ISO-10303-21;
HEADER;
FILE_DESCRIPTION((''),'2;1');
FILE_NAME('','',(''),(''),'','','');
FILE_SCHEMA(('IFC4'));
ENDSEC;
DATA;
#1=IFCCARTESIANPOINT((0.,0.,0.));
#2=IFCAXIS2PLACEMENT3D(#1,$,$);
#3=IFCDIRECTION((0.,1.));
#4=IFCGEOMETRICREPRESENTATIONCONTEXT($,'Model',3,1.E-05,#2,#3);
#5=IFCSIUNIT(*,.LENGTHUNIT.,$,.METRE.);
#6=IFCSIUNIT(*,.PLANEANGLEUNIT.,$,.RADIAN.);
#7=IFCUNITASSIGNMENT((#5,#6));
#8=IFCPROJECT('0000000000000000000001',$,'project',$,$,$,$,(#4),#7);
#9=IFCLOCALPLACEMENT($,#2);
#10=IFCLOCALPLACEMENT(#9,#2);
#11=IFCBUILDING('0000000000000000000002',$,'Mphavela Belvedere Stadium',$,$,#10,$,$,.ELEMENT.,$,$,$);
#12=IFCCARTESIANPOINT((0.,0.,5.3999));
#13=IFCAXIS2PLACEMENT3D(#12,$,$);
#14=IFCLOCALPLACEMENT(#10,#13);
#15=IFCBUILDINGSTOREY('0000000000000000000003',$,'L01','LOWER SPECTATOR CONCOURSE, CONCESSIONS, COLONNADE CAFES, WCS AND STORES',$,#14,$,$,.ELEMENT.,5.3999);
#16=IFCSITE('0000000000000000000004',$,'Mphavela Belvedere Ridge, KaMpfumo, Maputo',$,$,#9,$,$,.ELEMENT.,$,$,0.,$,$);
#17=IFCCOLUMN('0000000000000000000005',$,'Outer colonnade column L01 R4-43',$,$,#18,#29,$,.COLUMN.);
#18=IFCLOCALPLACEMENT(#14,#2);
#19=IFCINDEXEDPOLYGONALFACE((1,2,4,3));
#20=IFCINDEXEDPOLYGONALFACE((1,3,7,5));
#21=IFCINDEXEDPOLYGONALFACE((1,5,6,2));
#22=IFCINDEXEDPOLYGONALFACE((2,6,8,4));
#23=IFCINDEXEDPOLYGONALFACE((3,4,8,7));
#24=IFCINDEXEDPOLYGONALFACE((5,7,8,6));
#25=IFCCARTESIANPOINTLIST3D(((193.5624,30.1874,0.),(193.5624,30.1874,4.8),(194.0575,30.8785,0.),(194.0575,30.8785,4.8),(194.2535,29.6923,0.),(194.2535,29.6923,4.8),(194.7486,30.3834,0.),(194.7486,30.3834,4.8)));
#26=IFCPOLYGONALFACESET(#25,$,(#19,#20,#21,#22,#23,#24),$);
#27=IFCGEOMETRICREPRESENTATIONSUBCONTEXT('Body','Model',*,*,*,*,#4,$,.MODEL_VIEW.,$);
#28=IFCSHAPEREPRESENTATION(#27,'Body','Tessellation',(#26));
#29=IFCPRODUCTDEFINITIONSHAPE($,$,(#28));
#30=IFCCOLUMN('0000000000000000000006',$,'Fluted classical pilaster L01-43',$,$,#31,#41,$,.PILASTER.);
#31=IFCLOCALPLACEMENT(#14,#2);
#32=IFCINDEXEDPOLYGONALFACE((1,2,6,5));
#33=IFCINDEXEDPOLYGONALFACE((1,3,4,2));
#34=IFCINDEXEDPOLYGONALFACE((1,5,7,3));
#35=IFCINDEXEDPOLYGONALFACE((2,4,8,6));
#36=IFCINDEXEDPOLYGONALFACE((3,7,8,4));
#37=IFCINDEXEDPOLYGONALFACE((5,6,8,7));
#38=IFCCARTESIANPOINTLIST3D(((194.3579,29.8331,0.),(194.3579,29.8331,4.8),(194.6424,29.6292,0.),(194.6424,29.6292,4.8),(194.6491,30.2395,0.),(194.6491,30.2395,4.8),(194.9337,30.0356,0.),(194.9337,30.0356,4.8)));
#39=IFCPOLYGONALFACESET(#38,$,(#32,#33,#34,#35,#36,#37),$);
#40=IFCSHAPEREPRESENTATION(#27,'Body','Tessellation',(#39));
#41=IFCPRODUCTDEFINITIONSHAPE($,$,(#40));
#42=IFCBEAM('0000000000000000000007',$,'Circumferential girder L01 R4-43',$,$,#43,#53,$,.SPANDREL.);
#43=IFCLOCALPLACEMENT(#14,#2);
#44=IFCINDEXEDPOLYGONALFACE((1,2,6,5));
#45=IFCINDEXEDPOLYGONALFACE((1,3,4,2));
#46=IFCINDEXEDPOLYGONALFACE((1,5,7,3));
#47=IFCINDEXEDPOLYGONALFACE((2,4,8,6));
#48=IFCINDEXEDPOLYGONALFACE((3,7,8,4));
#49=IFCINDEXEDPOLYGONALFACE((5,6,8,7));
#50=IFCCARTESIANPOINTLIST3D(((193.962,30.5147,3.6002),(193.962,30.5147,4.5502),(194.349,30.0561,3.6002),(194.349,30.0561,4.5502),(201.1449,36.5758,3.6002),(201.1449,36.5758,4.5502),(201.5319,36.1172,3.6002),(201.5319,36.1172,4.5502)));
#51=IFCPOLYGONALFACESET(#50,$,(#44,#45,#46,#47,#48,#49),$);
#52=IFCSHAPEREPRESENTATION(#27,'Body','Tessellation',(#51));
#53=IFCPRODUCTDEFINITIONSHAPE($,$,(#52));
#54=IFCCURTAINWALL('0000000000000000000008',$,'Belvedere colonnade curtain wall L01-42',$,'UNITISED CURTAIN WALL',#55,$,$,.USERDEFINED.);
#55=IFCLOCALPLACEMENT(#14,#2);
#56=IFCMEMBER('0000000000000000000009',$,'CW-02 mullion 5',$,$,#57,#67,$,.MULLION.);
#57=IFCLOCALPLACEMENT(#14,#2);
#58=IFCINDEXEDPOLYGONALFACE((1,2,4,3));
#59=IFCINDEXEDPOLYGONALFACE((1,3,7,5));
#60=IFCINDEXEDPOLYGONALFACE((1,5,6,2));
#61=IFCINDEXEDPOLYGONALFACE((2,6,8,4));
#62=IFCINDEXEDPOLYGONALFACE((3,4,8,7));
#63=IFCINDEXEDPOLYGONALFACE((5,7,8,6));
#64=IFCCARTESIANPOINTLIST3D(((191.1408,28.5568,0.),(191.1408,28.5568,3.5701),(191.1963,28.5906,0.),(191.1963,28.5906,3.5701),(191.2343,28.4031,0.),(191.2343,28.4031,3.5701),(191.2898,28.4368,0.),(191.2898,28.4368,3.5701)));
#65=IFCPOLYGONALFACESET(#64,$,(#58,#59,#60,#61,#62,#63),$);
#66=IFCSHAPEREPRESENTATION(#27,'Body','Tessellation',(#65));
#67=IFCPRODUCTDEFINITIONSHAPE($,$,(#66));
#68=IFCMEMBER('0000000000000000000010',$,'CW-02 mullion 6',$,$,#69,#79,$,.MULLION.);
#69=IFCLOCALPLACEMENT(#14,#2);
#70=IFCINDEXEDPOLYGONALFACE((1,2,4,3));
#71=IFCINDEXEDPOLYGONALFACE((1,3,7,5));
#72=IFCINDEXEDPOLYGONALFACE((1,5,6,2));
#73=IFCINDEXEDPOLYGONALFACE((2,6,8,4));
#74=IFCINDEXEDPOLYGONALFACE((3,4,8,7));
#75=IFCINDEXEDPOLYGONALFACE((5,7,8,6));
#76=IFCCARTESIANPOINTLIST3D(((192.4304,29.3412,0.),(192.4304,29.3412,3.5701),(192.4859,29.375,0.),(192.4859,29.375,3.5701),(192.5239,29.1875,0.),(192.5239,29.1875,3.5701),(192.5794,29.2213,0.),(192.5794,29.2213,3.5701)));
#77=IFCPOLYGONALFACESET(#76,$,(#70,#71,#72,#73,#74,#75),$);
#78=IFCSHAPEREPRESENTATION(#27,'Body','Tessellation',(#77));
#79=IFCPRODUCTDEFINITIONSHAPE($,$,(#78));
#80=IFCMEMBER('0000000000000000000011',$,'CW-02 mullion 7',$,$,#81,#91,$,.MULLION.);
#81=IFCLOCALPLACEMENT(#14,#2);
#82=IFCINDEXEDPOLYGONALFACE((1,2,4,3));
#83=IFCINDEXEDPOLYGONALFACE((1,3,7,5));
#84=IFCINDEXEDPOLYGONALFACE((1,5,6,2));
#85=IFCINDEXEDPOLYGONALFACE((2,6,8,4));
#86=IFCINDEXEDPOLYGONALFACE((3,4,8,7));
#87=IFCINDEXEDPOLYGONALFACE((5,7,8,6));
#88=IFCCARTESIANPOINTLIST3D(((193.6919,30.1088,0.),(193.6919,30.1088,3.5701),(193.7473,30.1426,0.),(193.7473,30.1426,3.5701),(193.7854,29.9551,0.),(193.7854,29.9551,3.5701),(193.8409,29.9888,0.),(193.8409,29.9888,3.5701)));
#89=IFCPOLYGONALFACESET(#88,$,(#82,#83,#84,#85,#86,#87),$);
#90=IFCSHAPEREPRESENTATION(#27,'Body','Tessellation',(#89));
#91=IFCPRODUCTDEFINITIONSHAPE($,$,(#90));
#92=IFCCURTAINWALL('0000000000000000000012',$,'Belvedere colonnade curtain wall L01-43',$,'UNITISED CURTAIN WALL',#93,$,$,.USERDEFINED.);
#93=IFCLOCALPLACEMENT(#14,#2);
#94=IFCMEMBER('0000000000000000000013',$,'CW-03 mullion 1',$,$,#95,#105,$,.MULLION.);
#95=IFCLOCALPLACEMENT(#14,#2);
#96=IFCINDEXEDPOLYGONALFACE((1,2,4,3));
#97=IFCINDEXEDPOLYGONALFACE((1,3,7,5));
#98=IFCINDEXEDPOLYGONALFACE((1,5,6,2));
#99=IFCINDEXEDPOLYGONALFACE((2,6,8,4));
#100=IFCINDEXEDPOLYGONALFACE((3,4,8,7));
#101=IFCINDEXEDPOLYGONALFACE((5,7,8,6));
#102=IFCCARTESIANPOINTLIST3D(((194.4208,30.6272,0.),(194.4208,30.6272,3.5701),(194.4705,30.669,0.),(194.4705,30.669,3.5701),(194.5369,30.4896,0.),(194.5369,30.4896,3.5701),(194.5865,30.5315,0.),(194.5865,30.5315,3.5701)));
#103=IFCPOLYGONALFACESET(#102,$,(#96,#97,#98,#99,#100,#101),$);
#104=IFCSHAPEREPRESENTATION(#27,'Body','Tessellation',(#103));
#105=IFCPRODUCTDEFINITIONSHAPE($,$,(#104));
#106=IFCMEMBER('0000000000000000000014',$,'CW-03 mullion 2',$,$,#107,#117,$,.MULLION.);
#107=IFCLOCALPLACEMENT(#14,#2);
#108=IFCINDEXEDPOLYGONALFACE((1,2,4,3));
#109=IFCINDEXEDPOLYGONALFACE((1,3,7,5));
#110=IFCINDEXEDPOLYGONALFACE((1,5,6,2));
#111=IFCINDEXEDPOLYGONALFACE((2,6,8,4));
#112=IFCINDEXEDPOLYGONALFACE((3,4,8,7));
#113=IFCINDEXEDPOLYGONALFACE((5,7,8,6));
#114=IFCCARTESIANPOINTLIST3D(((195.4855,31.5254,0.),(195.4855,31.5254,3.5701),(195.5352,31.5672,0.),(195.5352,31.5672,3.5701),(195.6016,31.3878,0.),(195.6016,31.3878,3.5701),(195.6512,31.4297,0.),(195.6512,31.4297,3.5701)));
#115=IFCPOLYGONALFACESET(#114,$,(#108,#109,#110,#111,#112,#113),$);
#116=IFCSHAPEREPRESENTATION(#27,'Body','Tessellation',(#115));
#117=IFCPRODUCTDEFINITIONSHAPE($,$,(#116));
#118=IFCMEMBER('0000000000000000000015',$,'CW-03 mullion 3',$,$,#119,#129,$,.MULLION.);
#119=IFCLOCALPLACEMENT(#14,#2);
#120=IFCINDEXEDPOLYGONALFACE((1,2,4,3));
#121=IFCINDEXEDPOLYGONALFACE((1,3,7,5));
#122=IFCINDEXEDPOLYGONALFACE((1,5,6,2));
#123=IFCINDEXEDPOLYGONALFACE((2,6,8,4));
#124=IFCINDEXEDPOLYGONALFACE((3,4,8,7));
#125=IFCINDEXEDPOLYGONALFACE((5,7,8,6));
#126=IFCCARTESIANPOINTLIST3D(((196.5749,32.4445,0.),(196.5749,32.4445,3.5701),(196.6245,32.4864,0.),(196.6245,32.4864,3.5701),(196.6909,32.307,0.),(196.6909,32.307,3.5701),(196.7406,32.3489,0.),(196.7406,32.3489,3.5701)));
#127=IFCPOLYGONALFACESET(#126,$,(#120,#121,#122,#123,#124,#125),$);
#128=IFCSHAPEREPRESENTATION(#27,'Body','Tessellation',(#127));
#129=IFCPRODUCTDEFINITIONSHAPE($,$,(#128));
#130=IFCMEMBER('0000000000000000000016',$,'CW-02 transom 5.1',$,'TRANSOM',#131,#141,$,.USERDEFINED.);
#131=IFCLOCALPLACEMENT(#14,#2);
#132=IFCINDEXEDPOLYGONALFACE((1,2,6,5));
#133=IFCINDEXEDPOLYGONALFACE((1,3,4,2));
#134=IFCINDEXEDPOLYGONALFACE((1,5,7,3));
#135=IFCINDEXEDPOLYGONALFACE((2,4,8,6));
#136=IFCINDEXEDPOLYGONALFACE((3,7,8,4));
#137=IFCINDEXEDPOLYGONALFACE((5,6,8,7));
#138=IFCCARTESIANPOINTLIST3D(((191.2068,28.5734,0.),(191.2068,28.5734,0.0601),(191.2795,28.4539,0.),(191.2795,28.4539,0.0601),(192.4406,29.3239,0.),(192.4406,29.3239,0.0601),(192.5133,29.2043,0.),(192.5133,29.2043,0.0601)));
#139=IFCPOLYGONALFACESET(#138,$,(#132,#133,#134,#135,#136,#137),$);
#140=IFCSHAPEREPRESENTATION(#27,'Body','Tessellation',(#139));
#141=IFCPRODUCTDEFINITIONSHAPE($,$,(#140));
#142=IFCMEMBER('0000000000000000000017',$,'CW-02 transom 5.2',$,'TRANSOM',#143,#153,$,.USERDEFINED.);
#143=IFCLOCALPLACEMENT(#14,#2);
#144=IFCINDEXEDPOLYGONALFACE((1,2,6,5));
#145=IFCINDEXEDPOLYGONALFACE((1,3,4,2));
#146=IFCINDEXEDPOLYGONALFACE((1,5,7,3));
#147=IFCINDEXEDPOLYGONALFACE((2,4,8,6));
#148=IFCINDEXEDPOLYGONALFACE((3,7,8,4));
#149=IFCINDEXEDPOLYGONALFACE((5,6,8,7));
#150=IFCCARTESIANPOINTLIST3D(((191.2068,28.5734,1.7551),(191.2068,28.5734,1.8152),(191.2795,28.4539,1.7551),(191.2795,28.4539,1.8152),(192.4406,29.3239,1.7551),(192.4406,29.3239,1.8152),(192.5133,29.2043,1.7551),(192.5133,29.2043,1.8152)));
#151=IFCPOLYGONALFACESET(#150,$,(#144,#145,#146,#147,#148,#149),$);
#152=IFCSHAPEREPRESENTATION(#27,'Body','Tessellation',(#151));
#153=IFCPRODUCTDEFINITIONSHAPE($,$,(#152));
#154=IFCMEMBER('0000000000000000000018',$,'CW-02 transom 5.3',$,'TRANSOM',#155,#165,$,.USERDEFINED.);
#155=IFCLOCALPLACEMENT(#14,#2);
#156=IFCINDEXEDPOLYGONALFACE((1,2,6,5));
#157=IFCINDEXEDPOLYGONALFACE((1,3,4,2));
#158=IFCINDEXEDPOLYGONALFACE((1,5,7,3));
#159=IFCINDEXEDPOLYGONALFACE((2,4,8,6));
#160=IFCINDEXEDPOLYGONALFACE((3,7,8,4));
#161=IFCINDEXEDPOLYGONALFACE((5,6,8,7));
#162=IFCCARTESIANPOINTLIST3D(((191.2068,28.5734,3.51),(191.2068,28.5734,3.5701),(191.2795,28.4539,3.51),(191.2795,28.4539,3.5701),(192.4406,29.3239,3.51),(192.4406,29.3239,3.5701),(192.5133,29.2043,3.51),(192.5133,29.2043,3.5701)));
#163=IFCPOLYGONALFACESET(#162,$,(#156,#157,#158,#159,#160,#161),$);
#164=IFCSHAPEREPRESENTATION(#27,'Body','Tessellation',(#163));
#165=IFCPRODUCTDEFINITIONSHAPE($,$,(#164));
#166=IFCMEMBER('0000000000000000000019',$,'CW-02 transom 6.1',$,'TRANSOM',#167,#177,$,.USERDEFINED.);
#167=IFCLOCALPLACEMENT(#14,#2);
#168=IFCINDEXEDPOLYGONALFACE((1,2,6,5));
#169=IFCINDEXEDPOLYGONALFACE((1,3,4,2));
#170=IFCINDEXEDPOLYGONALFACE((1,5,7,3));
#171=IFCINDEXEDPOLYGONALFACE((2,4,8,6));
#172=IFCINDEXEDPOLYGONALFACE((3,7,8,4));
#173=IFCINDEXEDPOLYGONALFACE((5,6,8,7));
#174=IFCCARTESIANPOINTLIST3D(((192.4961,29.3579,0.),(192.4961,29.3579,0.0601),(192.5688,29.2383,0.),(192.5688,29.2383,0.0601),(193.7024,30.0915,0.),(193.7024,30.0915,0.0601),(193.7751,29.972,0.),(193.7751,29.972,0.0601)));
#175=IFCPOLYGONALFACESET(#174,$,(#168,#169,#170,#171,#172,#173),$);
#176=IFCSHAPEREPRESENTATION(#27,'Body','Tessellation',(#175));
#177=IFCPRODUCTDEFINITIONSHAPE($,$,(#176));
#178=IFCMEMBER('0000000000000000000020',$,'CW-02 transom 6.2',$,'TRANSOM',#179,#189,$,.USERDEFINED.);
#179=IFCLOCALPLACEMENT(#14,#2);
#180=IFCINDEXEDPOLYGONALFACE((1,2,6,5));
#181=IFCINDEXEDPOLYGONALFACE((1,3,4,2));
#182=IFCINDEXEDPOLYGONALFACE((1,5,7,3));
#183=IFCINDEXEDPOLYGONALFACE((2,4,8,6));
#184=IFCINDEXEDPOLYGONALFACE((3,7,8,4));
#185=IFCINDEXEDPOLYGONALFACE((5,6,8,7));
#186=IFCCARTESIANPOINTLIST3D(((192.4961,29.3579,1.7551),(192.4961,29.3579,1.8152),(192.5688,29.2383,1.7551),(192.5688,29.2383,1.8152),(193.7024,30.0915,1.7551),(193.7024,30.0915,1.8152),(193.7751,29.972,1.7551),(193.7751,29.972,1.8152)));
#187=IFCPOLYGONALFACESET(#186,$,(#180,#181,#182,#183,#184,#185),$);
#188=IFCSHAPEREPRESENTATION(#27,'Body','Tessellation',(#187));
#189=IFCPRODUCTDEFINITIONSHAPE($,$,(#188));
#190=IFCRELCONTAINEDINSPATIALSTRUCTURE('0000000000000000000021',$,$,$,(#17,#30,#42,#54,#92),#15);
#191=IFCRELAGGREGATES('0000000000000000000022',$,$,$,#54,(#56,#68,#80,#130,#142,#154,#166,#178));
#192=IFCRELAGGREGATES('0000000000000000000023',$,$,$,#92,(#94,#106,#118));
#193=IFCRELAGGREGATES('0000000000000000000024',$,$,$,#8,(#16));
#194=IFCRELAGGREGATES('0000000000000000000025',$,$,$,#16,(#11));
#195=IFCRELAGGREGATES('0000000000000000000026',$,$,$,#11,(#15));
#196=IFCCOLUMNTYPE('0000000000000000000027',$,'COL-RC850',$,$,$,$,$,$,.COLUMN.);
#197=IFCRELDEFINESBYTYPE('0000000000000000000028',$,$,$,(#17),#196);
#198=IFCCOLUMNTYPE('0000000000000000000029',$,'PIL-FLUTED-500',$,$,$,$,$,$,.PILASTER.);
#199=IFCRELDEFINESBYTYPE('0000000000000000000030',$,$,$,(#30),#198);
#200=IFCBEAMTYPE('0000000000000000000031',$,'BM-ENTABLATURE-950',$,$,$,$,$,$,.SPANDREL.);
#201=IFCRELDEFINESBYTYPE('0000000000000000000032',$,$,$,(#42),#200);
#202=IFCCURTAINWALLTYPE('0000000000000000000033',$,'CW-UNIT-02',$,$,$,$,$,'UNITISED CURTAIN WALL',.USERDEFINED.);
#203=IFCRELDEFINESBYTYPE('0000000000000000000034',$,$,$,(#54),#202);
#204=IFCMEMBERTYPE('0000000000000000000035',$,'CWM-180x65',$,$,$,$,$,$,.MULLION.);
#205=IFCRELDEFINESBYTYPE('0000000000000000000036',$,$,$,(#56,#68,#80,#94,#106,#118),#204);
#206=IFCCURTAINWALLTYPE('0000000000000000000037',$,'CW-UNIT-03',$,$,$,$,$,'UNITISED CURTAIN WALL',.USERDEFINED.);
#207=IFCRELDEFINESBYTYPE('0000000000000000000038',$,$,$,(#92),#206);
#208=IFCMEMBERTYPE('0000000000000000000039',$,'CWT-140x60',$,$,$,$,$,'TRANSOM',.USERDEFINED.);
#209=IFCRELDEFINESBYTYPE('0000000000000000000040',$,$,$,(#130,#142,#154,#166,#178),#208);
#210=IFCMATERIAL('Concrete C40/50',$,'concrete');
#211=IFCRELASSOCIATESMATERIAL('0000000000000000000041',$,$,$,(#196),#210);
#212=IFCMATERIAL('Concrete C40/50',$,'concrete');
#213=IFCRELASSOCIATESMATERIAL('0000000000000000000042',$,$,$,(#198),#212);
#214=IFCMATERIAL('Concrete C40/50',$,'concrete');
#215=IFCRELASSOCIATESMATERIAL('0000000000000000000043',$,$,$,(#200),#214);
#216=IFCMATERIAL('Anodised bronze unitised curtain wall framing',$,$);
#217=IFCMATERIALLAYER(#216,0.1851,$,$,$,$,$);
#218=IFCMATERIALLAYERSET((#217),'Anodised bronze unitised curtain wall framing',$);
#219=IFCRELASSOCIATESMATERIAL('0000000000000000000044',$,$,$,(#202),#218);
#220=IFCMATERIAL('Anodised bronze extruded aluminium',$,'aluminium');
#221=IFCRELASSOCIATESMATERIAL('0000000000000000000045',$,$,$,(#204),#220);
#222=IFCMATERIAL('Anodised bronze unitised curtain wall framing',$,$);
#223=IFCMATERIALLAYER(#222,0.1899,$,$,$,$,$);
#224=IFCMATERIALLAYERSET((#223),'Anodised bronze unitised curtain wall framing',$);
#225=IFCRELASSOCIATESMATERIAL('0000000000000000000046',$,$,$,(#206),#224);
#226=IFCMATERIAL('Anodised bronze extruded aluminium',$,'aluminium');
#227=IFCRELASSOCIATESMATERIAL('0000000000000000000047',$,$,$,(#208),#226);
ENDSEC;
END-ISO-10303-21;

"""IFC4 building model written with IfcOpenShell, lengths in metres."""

from ifc_helpers import new_model, si_unit, direction, frame, origin, origin_2d, place, context, subcontext, project, spatial, rectangle, extrude, material, layer, layer_set, material_profile, profile_set, type_object, element, aggregate, save


model = new_model("IFC4")

# Units and contexts
model_context = context("Model", 3, precision=1e-05, world=origin(), true_north=direction((0.0, 1.0)))
body_context = subcontext(model_context, "Body", "Model", "MODEL_VIEW")
ifc_project = project(units=[si_unit("LENGTHUNIT", "METRE"), si_unit("PLANEANGLEUNIT", "RADIAN")], contexts=[model_context])

# Site, building, storey
site_placement = place(None, origin())
site = spatial("IfcSite", under=ifc_project, at=site_placement, Name="Mphavela Belvedere Ridge, KaMpfumo, Maputo", CompositionType="ELEMENT", RefElevation=0.0)
building_placement = place(site_placement, origin())
building = spatial("IfcBuilding", under=site, at=building_placement, Name="Mphavela Belvedere Stadium", CompositionType="ELEMENT")
storey_placement = place(building_placement, frame((0.0, 0.0, 5.3999)))
storey = spatial("IfcBuildingStorey", under=building, at=storey_placement, Name="L01", Description="LOWER SPECTATOR CONCOURSE, CONCESSIONS, COLONNADE CAFES, WCS AND STORES", CompositionType="ELEMENT", Elevation=5.3999)

# Columns
ifc_material_1 = material(Name="Concrete C40/50", Category="concrete")
ifc_material_profile_1 = material_profile(ifc_material_1, rectangle(XDim=0.8501, YDim=0.8501, at=origin_2d()), Name="RC 850x850")
ifc_profile_set_1 = profile_set([ifc_material_profile_1], Name="Concrete C40/50")
column_type_1 = type_object("IfcColumnType", Name="COL-RC850", PredefinedType="COLUMN", material=ifc_profile_set_1)
column_1_placement = place(storey_placement, frame((194.1555, 30.2854, 0.0), z_axis=(0.0, 0.0, 1.0), x_axis=(0.812898, -0.582407, 0.0)))
element("IfcColumn", 1, at=column_1_placement, inside=storey, type_object=column_type_1, Name="Outer colonnade column L01 R4-43", PredefinedType="COLUMN", context=body_context, shape_type="SweptSolid", body=[
    extrude(rectangle(XDim=0.8501, YDim=0.8501, at=origin_2d()), origin(), (0.0, 0.0, 1.0), 4.8),
])
ifc_material_2 = material(Name="Concrete C40/50", Category="concrete")
ifc_material_profile_2 = material_profile(ifc_material_2, rectangle(XDim=0.5, YDim=0.3501, at=origin_2d()), Name="PIL 500x350")
ifc_profile_set_2 = profile_set([ifc_material_profile_2], Name="Concrete C40/50")
column_type_2 = type_object("IfcColumnType", Name="PIL-FLUTED-500", PredefinedType="PILASTER", material=ifc_profile_set_2)
column_2_placement = place(storey_placement, frame((194.6458, 29.9343, 0.0), z_axis=(0.0, 0.0, 1.0), x_axis=(0.582407, 0.812898, 0.0)))
element("IfcColumn", 2, at=column_2_placement, inside=storey, type_object=column_type_2, Name="Fluted classical pilaster L01-43", PredefinedType="PILASTER", context=body_context, shape_type="SweptSolid", body=[
    extrude(rectangle(XDim=0.5, YDim=0.3501, at=origin_2d()), origin(), (0.0, 0.0, 1.0), 4.8),
])

# Beam
ifc_material_3 = material(Name="Concrete C40/50", Category="concrete")
ifc_material_profile_3 = material_profile(ifc_material_3, rectangle(XDim=0.6001, YDim=0.95, at=origin_2d()), Name="RC 600x950")
ifc_profile_set_3 = profile_set([ifc_material_profile_3], Name="Concrete C40/50")
beam_type = type_object("IfcBeamType", Name="BM-ENTABLATURE-950", PredefinedType="SPANDREL", material=ifc_profile_set_3)
beam_placement = place(storey_placement, frame((194.1555, 30.2854, 4.0752), z_axis=(0.764265, 0.644902, 0.0), x_axis=(-0.644902, 0.764265, 0.0)))
element("IfcBeam", 3, at=beam_placement, inside=storey, type_object=beam_type, Name="Circumferential girder L01 R4-43", PredefinedType="SPANDREL", context=body_context, shape_type="SweptSolid", body=[
    extrude(rectangle(XDim=0.6001, YDim=0.95, at=origin_2d()), origin(), (0.0, 0.0, 1.0), 9.3984),
])

# Curtain walls, members
ifc_material_4 = material(Name="Anodised bronze unitised curtain wall framing")
ifc_layer_1 = layer(ifc_material_4, 0.1851)
ifc_layer_set_1 = layer_set([ifc_layer_1], Name="Anodised bronze unitised curtain wall framing")
curtain_wall_type_1 = type_object("IfcCurtainWallType", Name="CW-UNIT-02", ElementType="UNITISED CURTAIN WALL", PredefinedType="USERDEFINED", material=ifc_layer_set_1)
curtain_wall_1_placement = place(storey_placement, origin())
curtain_wall_1 = element("IfcCurtainWall", 4, at=curtain_wall_1_placement, inside=storey, type_object=curtain_wall_type_1, Name="Belvedere colonnade curtain wall L01-42", ObjectType="UNITISED CURTAIN WALL", PredefinedType="USERDEFINED")
ifc_material_5 = material(Name="Anodised bronze extruded aluminium", Category="aluminium")
ifc_material_profile_4 = material_profile(ifc_material_5, rectangle(XDim=0.1799, YDim=0.0649, at=origin_2d()), Name="CW-MUL 180x65")
ifc_profile_set_4 = profile_set([ifc_material_profile_4], Name="Anodised bronze extruded aluminium")
member_type_1 = type_object("IfcMemberType", Name="CWM-180x65", PredefinedType="MULLION", material=ifc_profile_set_4)
member_1_placement = place(storey_placement, frame((191.2153, 28.4968, 0.0), z_axis=(0.0, 0.0, 1.0), x_axis=(-0.519735, 0.854328, 0.0)))
member_1 = element("IfcMember", 5, at=member_1_placement, type_object=member_type_1, Name="CW-02 mullion 5", PredefinedType="MULLION", context=body_context, shape_type="SweptSolid", body=[
    extrude(rectangle(XDim=0.1799, YDim=0.0649, at=origin_2d()), origin(), (0.0, 0.0, 1.0), 3.5701),
])
member_2_placement = place(storey_placement, frame((192.5049, 29.2812, 0.0), z_axis=(0.0, 0.0, 1.0), x_axis=(-0.519735, 0.854328, 0.0)))
member_2 = element("IfcMember", 6, at=member_2_placement, type_object=member_type_1, Name="CW-02 mullion 6", PredefinedType="MULLION", context=body_context, shape_type="SweptSolid", body=[
    extrude(rectangle(XDim=0.1799, YDim=0.0649, at=origin_2d()), origin(), (0.0, 0.0, 1.0), 3.5701),
])
member_3_placement = place(storey_placement, frame((193.7664, 30.0488, 0.0), z_axis=(0.0, 0.0, 1.0), x_axis=(-0.519735, 0.854328, 0.0)))
member_3 = element("IfcMember", 7, at=member_3_placement, type_object=member_type_1, Name="CW-02 mullion 7", PredefinedType="MULLION", context=body_context, shape_type="SweptSolid", body=[
    extrude(rectangle(XDim=0.1799, YDim=0.0649, at=origin_2d()), origin(), (0.0, 0.0, 1.0), 3.5701),
])
ifc_material_6 = material(Name="Anodised bronze unitised curtain wall framing")
ifc_layer_2 = layer(ifc_material_6, 0.1899)
ifc_layer_set_2 = layer_set([ifc_layer_2], Name="Anodised bronze unitised curtain wall framing")
curtain_wall_type_2 = type_object("IfcCurtainWallType", Name="CW-UNIT-03", ElementType="UNITISED CURTAIN WALL", PredefinedType="USERDEFINED", material=ifc_layer_set_2)
curtain_wall_2_placement = place(storey_placement, origin())
curtain_wall_2 = element("IfcCurtainWall", 8, at=curtain_wall_2_placement, inside=storey, type_object=curtain_wall_type_2, Name="Belvedere colonnade curtain wall L01-43", ObjectType="UNITISED CURTAIN WALL", PredefinedType="USERDEFINED")
member_4_placement = place(storey_placement, frame((194.5037, 30.5793, 0.0), z_axis=(0.0, 0.0, 1.0), x_axis=(-0.64491, 0.764259, 0.0)))
member_4 = element("IfcMember", 9, at=member_4_placement, type_object=member_type_1, Name="CW-03 mullion 1", PredefinedType="MULLION", context=body_context, shape_type="SweptSolid", body=[
    extrude(rectangle(XDim=0.1799, YDim=0.0649, at=origin_2d()), origin(), (0.0, 0.0, 1.0), 3.5701),
])
member_5_placement = place(storey_placement, frame((195.5684, 31.4775, 0.0), z_axis=(0.0, 0.0, 1.0), x_axis=(-0.64491, 0.764259, 0.0)))
member_5 = element("IfcMember", 10, at=member_5_placement, type_object=member_type_1, Name="CW-03 mullion 2", PredefinedType="MULLION", context=body_context, shape_type="SweptSolid", body=[
    extrude(rectangle(XDim=0.1799, YDim=0.0649, at=origin_2d()), origin(), (0.0, 0.0, 1.0), 3.5701),
])
member_6_placement = place(storey_placement, frame((196.6577, 32.3967, 0.0), z_axis=(0.0, 0.0, 1.0), x_axis=(-0.64491, 0.764259, 0.0)))
member_6 = element("IfcMember", 11, at=member_6_placement, type_object=member_type_1, Name="CW-03 mullion 3", PredefinedType="MULLION", context=body_context, shape_type="SweptSolid", body=[
    extrude(rectangle(XDim=0.1799, YDim=0.0649, at=origin_2d()), origin(), (0.0, 0.0, 1.0), 3.5701),
])

# Members
ifc_material_7 = material(Name="Anodised bronze extruded aluminium", Category="aluminium")
ifc_material_profile_5 = material_profile(ifc_material_7, rectangle(XDim=0.1399, YDim=0.0601, at=origin_2d()), Name="CW-TRN 140x60")
ifc_profile_set_5 = profile_set([ifc_material_profile_5], Name="Anodised bronze extruded aluminium")
member_type_2 = type_object("IfcMemberType", Name="CWT-140x60", ElementType="TRANSOM", PredefinedType="USERDEFINED", material=ifc_profile_set_5)
member_7_placement = place(storey_placement, frame((191.2432, 28.5137, 0.03), z_axis=(0.854375, 0.519657, 0.0), x_axis=(-0.519657, 0.854375, 0.0)))
member_7 = element("IfcMember", 12, at=member_7_placement, type_object=member_type_2, Name="CW-02 transom 5.1", ObjectType="TRANSOM", PredefinedType="USERDEFINED", context=body_context, shape_type="SweptSolid", body=[
    extrude(rectangle(XDim=0.1399, YDim=0.0601, at=origin_2d()), origin(), (0.0, 0.0, 1.0), 1.4441),
])
member_8_placement = place(storey_placement, frame((191.2432, 28.5137, 1.7852), z_axis=(0.854375, 0.519657, 0.0), x_axis=(-0.519657, 0.854375, 0.0)))
member_8 = element("IfcMember", 13, at=member_8_placement, type_object=member_type_2, Name="CW-02 transom 5.2", ObjectType="TRANSOM", PredefinedType="USERDEFINED", context=body_context, shape_type="SweptSolid", body=[
    extrude(rectangle(XDim=0.1399, YDim=0.0601, at=origin_2d()), origin(), (0.0, 0.0, 1.0), 1.4441),
])
member_9_placement = place(storey_placement, frame((191.2432, 28.5137, 3.54), z_axis=(0.854375, 0.519657, 0.0), x_axis=(-0.519657, 0.854375, 0.0)))
member_9 = element("IfcMember", 14, at=member_9_placement, type_object=member_type_2, Name="CW-02 transom 5.3", ObjectType="TRANSOM", PredefinedType="USERDEFINED", context=body_context, shape_type="SweptSolid", body=[
    extrude(rectangle(XDim=0.1399, YDim=0.0601, at=origin_2d()), origin(), (0.0, 0.0, 1.0), 1.4441),
])
member_10_placement = place(storey_placement, frame((192.5325, 29.2981, 0.03), z_axis=(0.854396, 0.519623, 0.0), x_axis=(-0.519623, 0.854396, 0.0)))
member_10 = element("IfcMember", 15, at=member_10_placement, type_object=member_type_2, Name="CW-02 transom 6.1", ObjectType="TRANSOM", PredefinedType="USERDEFINED", context=body_context, shape_type="SweptSolid", body=[
    extrude(rectangle(XDim=0.1399, YDim=0.0601, at=origin_2d()), origin(), (0.0, 0.0, 1.0), 1.4119),
])
member_11_placement = place(storey_placement, frame((192.5325, 29.2981, 1.7852), z_axis=(0.854396, 0.519623, 0.0), x_axis=(-0.519623, 0.854396, 0.0)))
member_11 = element("IfcMember", 16, at=member_11_placement, type_object=member_type_2, Name="CW-02 transom 6.2", ObjectType="TRANSOM", PredefinedType="USERDEFINED", context=body_context, shape_type="SweptSolid", body=[
    extrude(rectangle(XDim=0.1399, YDim=0.0601, at=origin_2d()), origin(), (0.0, 0.0, 1.0), 1.4119),
])

aggregate(curtain_wall_1, [member_1, member_2, member_3, member_7, member_8, member_9, member_10, member_11])
aggregate(curtain_wall_2, [member_4, member_5, member_6])

save(model, "model.ifc")
